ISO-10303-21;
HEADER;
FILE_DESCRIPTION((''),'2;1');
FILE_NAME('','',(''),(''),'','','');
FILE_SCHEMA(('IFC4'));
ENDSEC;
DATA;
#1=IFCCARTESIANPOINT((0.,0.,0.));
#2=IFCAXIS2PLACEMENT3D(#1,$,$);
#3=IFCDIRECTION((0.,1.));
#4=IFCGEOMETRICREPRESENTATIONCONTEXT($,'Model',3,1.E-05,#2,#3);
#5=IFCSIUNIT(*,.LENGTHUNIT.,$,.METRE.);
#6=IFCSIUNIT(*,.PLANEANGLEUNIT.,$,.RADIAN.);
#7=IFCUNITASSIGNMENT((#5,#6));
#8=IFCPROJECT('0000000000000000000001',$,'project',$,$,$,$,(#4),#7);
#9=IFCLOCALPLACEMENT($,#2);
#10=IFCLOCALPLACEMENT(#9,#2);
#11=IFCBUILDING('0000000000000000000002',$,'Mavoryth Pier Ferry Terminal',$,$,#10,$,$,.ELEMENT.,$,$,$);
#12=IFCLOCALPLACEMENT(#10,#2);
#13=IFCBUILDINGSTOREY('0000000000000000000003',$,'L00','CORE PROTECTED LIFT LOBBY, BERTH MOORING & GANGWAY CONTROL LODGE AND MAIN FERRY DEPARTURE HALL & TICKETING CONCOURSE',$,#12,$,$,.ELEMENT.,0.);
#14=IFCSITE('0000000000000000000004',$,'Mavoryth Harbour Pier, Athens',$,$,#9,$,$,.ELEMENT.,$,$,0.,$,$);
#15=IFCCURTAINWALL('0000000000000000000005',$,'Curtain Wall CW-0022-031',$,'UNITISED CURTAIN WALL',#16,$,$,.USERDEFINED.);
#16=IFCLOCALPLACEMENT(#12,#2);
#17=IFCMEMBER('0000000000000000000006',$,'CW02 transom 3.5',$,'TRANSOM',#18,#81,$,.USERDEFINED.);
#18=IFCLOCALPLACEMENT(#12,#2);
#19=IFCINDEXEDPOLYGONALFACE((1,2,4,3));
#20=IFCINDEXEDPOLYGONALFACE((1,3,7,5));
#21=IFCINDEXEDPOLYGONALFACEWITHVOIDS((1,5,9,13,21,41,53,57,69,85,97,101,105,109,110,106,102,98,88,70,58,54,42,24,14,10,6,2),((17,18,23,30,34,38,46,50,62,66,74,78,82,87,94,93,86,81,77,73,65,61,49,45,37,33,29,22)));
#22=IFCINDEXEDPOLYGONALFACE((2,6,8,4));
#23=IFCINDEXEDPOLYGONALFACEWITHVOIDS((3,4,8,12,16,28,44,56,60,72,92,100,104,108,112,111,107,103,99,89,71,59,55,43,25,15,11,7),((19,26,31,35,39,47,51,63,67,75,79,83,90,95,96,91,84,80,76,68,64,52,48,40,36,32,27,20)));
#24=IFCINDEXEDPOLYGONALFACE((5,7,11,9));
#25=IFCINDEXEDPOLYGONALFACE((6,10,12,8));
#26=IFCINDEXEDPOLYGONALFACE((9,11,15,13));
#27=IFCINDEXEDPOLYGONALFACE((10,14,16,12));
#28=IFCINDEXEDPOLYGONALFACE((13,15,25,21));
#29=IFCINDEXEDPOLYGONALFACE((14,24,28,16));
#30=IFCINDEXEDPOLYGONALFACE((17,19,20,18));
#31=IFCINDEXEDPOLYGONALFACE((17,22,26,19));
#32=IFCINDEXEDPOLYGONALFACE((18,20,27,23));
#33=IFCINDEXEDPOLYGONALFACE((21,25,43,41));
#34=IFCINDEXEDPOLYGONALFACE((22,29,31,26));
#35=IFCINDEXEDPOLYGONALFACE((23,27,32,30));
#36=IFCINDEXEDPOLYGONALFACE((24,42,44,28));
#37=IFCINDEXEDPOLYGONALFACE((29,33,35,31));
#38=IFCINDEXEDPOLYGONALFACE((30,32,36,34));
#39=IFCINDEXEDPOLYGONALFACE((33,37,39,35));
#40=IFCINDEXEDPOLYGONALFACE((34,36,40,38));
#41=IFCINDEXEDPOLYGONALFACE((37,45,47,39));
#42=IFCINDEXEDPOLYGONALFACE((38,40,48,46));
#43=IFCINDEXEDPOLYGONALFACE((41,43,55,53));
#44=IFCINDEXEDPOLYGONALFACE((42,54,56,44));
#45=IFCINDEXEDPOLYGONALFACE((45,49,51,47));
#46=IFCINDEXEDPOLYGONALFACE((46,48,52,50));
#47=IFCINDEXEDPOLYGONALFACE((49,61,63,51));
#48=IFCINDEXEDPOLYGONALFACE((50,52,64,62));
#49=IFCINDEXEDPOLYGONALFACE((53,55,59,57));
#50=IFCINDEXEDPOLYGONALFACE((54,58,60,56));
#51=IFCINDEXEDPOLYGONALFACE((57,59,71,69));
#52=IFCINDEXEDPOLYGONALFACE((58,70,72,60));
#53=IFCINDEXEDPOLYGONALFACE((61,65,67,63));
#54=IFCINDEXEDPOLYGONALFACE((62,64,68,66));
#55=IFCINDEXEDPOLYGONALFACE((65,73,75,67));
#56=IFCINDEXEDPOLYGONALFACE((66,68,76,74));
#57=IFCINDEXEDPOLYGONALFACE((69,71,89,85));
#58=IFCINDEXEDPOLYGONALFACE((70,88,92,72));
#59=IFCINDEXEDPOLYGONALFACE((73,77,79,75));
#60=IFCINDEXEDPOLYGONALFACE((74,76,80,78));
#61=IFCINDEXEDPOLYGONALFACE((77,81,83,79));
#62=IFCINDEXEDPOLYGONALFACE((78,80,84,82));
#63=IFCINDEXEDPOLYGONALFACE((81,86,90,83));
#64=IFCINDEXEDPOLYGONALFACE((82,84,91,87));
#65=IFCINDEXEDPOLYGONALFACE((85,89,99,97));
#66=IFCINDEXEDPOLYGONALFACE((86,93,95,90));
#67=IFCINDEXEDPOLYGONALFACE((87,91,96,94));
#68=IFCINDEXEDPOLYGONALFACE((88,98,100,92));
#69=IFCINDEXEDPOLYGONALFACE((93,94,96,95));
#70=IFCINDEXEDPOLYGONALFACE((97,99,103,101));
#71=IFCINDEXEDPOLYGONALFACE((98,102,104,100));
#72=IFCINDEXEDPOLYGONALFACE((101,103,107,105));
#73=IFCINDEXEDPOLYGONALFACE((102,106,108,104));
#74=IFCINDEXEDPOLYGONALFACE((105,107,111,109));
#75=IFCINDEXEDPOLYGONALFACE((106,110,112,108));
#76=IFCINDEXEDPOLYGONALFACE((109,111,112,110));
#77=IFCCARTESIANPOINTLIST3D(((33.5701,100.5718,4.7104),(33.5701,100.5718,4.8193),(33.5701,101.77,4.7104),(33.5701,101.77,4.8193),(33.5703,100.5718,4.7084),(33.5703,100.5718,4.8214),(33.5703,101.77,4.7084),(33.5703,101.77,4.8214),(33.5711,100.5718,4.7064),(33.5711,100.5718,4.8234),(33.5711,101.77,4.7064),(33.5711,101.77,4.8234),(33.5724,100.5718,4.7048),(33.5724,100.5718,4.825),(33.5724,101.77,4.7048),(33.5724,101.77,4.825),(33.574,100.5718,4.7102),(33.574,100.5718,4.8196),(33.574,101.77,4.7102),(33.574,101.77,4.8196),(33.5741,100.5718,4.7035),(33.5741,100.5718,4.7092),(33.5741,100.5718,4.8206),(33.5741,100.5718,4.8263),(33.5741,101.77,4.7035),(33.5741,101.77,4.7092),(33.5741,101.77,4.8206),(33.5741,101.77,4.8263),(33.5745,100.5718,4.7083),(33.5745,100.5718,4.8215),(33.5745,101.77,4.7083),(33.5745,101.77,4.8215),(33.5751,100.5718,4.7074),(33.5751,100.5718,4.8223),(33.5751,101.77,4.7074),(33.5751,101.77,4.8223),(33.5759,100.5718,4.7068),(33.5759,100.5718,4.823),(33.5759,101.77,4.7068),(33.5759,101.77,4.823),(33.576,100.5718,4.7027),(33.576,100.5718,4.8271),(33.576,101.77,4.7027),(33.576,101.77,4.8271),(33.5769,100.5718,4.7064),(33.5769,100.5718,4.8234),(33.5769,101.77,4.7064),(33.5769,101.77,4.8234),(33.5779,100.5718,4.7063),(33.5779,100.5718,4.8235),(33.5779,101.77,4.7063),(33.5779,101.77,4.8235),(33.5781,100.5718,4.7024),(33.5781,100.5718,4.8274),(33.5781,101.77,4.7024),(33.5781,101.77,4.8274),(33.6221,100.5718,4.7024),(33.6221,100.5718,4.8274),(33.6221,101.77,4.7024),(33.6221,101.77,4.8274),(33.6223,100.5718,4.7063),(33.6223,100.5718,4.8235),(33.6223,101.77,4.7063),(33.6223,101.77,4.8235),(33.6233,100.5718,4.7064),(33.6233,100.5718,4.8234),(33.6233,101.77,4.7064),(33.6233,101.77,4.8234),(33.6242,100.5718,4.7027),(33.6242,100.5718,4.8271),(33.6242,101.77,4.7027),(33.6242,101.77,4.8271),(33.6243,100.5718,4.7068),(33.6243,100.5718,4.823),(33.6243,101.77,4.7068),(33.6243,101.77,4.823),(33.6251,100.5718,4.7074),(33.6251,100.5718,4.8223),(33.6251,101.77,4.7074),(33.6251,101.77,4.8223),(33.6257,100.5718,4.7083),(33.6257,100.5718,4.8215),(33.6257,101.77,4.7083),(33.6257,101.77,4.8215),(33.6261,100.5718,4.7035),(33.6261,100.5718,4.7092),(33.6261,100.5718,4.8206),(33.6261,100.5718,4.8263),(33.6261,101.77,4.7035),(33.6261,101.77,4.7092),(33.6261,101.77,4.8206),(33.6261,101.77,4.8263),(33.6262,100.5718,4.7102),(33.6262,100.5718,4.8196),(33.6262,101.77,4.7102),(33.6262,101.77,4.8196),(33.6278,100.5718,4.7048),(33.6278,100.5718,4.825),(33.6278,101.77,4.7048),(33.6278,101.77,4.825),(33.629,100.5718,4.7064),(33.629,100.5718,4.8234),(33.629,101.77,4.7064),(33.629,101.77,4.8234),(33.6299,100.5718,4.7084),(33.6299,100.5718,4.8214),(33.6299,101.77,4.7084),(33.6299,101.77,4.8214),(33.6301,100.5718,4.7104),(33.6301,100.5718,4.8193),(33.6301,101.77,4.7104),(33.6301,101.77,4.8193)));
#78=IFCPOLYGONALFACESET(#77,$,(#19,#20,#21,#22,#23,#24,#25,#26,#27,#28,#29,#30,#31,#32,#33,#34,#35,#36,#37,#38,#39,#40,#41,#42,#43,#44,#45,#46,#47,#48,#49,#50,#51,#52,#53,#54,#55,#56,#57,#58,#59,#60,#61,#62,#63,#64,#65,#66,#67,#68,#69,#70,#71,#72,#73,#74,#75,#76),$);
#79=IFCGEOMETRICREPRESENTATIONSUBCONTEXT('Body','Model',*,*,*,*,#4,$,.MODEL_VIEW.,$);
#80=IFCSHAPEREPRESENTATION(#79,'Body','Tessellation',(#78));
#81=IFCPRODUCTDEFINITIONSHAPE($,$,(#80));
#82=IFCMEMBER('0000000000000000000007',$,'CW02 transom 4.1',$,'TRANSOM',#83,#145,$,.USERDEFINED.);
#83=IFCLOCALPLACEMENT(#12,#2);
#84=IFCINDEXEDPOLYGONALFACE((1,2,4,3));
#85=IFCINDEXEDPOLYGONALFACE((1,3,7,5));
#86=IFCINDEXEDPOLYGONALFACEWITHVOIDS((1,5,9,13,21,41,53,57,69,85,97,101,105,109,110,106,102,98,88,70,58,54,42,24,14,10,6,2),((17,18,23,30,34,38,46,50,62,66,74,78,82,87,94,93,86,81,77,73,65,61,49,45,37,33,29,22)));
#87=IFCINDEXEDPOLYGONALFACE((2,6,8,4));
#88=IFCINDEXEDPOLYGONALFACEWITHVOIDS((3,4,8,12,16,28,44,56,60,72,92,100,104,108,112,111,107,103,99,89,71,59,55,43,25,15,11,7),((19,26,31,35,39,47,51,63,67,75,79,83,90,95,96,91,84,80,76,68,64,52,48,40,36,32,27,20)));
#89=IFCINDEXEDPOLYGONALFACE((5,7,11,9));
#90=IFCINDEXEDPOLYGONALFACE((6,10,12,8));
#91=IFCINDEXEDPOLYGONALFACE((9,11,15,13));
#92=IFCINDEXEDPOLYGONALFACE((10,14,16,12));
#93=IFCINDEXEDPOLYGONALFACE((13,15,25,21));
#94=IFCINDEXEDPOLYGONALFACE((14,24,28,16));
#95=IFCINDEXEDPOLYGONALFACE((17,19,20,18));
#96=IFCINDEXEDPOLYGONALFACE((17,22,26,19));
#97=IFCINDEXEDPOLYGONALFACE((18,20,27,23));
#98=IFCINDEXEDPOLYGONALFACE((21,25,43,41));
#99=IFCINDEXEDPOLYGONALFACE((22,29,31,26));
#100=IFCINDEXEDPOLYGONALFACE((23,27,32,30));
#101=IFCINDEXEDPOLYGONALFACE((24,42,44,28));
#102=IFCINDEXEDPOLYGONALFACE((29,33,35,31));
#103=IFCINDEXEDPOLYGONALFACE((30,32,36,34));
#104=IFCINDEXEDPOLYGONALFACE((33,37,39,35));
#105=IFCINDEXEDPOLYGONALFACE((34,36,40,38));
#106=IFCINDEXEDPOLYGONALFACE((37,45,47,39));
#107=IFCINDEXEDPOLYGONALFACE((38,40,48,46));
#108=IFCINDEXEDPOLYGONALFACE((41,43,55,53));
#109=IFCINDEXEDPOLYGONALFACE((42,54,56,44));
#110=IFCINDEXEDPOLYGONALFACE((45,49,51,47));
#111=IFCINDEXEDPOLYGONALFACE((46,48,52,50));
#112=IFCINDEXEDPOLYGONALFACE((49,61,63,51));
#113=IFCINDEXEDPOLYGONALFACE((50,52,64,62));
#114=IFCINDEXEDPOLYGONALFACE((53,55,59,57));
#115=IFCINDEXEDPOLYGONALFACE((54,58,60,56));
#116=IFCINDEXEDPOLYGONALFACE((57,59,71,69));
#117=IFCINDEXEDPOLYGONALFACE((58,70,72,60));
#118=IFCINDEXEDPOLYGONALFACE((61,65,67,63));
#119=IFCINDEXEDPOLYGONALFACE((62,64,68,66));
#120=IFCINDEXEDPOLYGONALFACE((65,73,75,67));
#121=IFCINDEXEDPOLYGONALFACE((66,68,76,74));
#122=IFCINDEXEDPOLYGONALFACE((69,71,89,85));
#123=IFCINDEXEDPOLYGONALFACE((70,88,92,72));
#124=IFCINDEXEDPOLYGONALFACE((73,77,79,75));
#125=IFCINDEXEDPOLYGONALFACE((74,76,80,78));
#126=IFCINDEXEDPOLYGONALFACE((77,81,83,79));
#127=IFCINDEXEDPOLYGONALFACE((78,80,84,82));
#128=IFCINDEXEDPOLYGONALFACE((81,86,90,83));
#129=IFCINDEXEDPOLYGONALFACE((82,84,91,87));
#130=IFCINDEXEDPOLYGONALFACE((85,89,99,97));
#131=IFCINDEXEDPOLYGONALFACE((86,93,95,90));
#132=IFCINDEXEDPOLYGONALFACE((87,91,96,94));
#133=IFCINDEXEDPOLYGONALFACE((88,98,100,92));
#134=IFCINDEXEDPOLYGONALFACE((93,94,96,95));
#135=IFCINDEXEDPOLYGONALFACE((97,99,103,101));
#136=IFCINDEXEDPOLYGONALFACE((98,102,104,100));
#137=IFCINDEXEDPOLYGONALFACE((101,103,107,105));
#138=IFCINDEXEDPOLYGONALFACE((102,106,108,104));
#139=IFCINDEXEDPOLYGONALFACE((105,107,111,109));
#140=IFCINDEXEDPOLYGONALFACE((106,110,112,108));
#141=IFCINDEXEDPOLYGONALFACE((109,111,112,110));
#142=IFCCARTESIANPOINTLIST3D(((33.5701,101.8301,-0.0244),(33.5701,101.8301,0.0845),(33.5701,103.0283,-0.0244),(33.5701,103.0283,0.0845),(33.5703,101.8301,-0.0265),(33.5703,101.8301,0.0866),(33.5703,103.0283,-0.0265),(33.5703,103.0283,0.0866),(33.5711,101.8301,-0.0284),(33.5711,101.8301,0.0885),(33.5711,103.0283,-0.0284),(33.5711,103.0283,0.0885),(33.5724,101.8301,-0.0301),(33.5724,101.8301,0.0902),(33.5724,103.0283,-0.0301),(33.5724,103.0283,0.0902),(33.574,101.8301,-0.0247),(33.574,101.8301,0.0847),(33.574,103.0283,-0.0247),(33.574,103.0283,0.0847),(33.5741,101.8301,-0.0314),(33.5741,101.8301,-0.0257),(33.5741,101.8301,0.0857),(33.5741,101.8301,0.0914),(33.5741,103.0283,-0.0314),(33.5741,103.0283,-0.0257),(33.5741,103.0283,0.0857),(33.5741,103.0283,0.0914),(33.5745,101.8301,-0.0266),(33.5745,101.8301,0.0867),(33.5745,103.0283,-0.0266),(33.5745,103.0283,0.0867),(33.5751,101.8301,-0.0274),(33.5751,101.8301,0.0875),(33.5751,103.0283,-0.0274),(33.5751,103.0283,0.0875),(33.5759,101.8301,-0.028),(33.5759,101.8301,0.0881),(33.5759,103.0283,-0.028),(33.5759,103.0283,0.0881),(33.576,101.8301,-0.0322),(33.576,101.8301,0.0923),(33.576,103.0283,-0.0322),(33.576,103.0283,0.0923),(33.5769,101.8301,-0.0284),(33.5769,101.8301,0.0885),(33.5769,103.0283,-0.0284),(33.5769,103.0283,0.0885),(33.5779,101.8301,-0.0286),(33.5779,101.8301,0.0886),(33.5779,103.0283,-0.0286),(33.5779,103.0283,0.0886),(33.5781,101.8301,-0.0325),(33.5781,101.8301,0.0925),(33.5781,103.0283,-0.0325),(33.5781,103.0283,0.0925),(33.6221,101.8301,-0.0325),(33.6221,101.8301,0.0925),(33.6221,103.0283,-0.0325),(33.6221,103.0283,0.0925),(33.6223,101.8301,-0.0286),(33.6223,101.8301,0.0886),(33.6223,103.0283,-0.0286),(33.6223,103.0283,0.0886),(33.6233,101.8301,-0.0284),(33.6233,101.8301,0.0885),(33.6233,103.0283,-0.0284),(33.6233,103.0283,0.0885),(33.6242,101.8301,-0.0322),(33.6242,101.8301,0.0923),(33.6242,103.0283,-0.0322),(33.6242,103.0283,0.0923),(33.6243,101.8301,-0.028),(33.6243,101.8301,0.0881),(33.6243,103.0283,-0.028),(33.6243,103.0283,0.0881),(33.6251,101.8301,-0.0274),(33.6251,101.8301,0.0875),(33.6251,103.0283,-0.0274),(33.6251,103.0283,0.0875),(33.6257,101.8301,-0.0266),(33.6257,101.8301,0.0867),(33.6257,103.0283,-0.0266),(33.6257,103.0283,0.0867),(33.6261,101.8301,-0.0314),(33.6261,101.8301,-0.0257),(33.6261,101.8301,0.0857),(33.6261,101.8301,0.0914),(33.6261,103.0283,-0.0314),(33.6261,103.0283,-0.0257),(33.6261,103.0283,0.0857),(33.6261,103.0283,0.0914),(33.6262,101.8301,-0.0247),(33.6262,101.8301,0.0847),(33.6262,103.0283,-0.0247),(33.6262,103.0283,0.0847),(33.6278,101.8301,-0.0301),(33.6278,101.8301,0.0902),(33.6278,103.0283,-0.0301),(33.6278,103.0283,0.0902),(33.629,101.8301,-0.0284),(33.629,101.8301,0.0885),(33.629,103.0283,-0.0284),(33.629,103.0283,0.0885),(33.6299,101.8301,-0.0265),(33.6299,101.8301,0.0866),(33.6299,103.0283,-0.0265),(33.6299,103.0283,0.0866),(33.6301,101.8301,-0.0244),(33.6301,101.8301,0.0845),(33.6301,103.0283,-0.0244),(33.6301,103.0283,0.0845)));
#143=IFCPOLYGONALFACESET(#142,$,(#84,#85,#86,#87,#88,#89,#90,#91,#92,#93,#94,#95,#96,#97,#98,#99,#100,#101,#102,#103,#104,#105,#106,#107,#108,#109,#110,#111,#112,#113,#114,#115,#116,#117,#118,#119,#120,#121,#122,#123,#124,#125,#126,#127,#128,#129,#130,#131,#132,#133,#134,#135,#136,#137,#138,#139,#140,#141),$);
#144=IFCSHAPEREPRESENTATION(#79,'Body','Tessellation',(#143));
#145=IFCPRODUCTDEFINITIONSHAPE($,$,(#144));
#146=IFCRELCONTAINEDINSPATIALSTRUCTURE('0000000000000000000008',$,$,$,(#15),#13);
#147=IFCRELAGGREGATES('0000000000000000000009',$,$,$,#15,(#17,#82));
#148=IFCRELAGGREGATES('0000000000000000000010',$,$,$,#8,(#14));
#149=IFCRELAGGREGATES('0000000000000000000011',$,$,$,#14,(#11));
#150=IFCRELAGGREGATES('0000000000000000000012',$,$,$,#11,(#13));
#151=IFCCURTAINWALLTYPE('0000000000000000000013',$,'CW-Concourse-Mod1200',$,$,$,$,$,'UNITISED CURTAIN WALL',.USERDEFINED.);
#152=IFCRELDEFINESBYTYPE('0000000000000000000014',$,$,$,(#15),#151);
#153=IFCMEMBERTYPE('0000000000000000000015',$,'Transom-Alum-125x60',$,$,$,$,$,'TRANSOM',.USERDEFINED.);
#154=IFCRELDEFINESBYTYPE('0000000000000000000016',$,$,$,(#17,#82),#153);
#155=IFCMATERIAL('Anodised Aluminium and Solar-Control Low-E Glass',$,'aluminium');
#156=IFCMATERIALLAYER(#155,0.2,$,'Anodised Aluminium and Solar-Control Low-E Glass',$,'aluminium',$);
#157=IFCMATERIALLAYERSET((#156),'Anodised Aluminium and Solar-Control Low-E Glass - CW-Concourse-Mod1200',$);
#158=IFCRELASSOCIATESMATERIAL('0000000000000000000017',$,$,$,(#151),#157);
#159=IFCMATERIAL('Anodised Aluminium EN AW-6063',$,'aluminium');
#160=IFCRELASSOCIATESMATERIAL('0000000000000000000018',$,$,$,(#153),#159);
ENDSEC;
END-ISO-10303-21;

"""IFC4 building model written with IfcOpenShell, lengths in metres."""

from ifc_helpers import new_model, si_unit, direction, frame, origin, origin_2d, place, context, subcontext, project, spatial, hollow_rectangle, extrude, material, layer, layer_set, material_profile, profile_set, type_object, element, aggregate, save


model = new_model("IFC4")

# Units and contexts
model_context = context("Model", 3, precision=1e-05, world=origin(), true_north=direction((0.0, 1.0)))
body_context = subcontext(model_context, "Body", "Model", "MODEL_VIEW")
ifc_project = project(units=[si_unit("LENGTHUNIT", "METRE"), si_unit("PLANEANGLEUNIT", "RADIAN")], contexts=[model_context])

# Site, building, storey
site_placement = place(None, origin())
site = spatial("IfcSite", under=ifc_project, at=site_placement, Name="Mavoryth Harbour Pier, Athens", CompositionType="ELEMENT", RefElevation=0.0)
building_placement = place(site_placement, origin())
building = spatial("IfcBuilding", under=site, at=building_placement, Name="Mavoryth Pier Ferry Terminal", CompositionType="ELEMENT")
storey_placement = place(building_placement, origin())
storey = spatial("IfcBuildingStorey", under=building, at=storey_placement, Name="L00", Description="CORE PROTECTED LIFT LOBBY, BERTH MOORING & GANGWAY CONTROL LODGE AND MAIN FERRY DEPARTURE HALL & TICKETING CONCOURSE", CompositionType="ELEMENT", Elevation=0.0)

# Curtain wall, members
ifc_material_1 = material(Name="Anodised Aluminium and Solar-Control Low-E Glass", Category="aluminium")
ifc_layer_1 = layer(ifc_material_1, 0.2, Name="Anodised Aluminium and Solar-Control Low-E Glass", Category="aluminium")
ifc_layer_set_1 = layer_set([ifc_layer_1], Name="Anodised Aluminium and Solar-Control Low-E Glass - CW-Concourse-Mod1200")
curtain_wall_type = type_object("IfcCurtainWallType", Name="CW-Concourse-Mod1200", ElementType="UNITISED CURTAIN WALL", PredefinedType="USERDEFINED", material=ifc_layer_set_1)
curtain_wall_placement = place(storey_placement, origin())
curtain_wall = element("IfcCurtainWall", 1, at=curtain_wall_placement, inside=storey, type_object=curtain_wall_type, Name="Curtain Wall CW-0022-031", ObjectType="UNITISED CURTAIN WALL", PredefinedType="USERDEFINED")
ifc_material_2 = material(Name="Anodised Aluminium EN AW-6063", Category="aluminium")
ifc_material_profile_1 = material_profile(ifc_material_2, hollow_rectangle(XDim=0.0601, YDim=0.125, WallThickness=0.0039, InnerFilletRadius=0.0039, OuterFilletRadius=0.0081, at=origin_2d()), Name="AL-TRAN 125x60x4", Category="aluminium")
ifc_profile_set_1 = profile_set([ifc_material_profile_1], Name="Anodised Aluminium EN AW-6063 - AL-TRAN 125x60x4")
member_type_1 = type_object("IfcMemberType", Name="Transom-Alum-125x60", ElementType="TRANSOM", PredefinedType="USERDEFINED", material=ifc_profile_set_1)
member_1_placement = place(storey_placement, frame((33.6001, 100.5718, 4.7649), z_axis=(0.0, 1.0, 0.0), x_axis=(-1.0, 0.0, 0.0)))
member_1 = element("IfcMember", 2, at=member_1_placement, type_object=member_type_1, Name="CW02 transom 3.5", ObjectType="TRANSOM", PredefinedType="USERDEFINED", context=body_context, shape_type="SweptSolid", body=[
    extrude(hollow_rectangle(XDim=0.0601, YDim=0.125, WallThickness=0.0039, InnerFilletRadius=0.0039, OuterFilletRadius=0.0081, at=origin_2d()), origin(), (0.0, 0.0, 1.0), 1.1982),
])
member_2_placement = place(storey_placement, frame((33.6001, 101.8301, 0.03), z_axis=(0.0, 1.0, 0.0), x_axis=(-1.0, 0.0, 0.0)))
member_2 = element("IfcMember", 3, at=member_2_placement, type_object=member_type_1, Name="CW02 transom 4.1", ObjectType="TRANSOM", PredefinedType="USERDEFINED", context=body_context, shape_type="SweptSolid", body=[
    extrude(hollow_rectangle(XDim=0.0601, YDim=0.125, WallThickness=0.0039, InnerFilletRadius=0.0039, OuterFilletRadius=0.0081, at=origin_2d()), origin(), (0.0, 0.0, 1.0), 1.1982),
])
aggregate(curtain_wall, [member_1, member_2])

save(model, "model.ifc")
